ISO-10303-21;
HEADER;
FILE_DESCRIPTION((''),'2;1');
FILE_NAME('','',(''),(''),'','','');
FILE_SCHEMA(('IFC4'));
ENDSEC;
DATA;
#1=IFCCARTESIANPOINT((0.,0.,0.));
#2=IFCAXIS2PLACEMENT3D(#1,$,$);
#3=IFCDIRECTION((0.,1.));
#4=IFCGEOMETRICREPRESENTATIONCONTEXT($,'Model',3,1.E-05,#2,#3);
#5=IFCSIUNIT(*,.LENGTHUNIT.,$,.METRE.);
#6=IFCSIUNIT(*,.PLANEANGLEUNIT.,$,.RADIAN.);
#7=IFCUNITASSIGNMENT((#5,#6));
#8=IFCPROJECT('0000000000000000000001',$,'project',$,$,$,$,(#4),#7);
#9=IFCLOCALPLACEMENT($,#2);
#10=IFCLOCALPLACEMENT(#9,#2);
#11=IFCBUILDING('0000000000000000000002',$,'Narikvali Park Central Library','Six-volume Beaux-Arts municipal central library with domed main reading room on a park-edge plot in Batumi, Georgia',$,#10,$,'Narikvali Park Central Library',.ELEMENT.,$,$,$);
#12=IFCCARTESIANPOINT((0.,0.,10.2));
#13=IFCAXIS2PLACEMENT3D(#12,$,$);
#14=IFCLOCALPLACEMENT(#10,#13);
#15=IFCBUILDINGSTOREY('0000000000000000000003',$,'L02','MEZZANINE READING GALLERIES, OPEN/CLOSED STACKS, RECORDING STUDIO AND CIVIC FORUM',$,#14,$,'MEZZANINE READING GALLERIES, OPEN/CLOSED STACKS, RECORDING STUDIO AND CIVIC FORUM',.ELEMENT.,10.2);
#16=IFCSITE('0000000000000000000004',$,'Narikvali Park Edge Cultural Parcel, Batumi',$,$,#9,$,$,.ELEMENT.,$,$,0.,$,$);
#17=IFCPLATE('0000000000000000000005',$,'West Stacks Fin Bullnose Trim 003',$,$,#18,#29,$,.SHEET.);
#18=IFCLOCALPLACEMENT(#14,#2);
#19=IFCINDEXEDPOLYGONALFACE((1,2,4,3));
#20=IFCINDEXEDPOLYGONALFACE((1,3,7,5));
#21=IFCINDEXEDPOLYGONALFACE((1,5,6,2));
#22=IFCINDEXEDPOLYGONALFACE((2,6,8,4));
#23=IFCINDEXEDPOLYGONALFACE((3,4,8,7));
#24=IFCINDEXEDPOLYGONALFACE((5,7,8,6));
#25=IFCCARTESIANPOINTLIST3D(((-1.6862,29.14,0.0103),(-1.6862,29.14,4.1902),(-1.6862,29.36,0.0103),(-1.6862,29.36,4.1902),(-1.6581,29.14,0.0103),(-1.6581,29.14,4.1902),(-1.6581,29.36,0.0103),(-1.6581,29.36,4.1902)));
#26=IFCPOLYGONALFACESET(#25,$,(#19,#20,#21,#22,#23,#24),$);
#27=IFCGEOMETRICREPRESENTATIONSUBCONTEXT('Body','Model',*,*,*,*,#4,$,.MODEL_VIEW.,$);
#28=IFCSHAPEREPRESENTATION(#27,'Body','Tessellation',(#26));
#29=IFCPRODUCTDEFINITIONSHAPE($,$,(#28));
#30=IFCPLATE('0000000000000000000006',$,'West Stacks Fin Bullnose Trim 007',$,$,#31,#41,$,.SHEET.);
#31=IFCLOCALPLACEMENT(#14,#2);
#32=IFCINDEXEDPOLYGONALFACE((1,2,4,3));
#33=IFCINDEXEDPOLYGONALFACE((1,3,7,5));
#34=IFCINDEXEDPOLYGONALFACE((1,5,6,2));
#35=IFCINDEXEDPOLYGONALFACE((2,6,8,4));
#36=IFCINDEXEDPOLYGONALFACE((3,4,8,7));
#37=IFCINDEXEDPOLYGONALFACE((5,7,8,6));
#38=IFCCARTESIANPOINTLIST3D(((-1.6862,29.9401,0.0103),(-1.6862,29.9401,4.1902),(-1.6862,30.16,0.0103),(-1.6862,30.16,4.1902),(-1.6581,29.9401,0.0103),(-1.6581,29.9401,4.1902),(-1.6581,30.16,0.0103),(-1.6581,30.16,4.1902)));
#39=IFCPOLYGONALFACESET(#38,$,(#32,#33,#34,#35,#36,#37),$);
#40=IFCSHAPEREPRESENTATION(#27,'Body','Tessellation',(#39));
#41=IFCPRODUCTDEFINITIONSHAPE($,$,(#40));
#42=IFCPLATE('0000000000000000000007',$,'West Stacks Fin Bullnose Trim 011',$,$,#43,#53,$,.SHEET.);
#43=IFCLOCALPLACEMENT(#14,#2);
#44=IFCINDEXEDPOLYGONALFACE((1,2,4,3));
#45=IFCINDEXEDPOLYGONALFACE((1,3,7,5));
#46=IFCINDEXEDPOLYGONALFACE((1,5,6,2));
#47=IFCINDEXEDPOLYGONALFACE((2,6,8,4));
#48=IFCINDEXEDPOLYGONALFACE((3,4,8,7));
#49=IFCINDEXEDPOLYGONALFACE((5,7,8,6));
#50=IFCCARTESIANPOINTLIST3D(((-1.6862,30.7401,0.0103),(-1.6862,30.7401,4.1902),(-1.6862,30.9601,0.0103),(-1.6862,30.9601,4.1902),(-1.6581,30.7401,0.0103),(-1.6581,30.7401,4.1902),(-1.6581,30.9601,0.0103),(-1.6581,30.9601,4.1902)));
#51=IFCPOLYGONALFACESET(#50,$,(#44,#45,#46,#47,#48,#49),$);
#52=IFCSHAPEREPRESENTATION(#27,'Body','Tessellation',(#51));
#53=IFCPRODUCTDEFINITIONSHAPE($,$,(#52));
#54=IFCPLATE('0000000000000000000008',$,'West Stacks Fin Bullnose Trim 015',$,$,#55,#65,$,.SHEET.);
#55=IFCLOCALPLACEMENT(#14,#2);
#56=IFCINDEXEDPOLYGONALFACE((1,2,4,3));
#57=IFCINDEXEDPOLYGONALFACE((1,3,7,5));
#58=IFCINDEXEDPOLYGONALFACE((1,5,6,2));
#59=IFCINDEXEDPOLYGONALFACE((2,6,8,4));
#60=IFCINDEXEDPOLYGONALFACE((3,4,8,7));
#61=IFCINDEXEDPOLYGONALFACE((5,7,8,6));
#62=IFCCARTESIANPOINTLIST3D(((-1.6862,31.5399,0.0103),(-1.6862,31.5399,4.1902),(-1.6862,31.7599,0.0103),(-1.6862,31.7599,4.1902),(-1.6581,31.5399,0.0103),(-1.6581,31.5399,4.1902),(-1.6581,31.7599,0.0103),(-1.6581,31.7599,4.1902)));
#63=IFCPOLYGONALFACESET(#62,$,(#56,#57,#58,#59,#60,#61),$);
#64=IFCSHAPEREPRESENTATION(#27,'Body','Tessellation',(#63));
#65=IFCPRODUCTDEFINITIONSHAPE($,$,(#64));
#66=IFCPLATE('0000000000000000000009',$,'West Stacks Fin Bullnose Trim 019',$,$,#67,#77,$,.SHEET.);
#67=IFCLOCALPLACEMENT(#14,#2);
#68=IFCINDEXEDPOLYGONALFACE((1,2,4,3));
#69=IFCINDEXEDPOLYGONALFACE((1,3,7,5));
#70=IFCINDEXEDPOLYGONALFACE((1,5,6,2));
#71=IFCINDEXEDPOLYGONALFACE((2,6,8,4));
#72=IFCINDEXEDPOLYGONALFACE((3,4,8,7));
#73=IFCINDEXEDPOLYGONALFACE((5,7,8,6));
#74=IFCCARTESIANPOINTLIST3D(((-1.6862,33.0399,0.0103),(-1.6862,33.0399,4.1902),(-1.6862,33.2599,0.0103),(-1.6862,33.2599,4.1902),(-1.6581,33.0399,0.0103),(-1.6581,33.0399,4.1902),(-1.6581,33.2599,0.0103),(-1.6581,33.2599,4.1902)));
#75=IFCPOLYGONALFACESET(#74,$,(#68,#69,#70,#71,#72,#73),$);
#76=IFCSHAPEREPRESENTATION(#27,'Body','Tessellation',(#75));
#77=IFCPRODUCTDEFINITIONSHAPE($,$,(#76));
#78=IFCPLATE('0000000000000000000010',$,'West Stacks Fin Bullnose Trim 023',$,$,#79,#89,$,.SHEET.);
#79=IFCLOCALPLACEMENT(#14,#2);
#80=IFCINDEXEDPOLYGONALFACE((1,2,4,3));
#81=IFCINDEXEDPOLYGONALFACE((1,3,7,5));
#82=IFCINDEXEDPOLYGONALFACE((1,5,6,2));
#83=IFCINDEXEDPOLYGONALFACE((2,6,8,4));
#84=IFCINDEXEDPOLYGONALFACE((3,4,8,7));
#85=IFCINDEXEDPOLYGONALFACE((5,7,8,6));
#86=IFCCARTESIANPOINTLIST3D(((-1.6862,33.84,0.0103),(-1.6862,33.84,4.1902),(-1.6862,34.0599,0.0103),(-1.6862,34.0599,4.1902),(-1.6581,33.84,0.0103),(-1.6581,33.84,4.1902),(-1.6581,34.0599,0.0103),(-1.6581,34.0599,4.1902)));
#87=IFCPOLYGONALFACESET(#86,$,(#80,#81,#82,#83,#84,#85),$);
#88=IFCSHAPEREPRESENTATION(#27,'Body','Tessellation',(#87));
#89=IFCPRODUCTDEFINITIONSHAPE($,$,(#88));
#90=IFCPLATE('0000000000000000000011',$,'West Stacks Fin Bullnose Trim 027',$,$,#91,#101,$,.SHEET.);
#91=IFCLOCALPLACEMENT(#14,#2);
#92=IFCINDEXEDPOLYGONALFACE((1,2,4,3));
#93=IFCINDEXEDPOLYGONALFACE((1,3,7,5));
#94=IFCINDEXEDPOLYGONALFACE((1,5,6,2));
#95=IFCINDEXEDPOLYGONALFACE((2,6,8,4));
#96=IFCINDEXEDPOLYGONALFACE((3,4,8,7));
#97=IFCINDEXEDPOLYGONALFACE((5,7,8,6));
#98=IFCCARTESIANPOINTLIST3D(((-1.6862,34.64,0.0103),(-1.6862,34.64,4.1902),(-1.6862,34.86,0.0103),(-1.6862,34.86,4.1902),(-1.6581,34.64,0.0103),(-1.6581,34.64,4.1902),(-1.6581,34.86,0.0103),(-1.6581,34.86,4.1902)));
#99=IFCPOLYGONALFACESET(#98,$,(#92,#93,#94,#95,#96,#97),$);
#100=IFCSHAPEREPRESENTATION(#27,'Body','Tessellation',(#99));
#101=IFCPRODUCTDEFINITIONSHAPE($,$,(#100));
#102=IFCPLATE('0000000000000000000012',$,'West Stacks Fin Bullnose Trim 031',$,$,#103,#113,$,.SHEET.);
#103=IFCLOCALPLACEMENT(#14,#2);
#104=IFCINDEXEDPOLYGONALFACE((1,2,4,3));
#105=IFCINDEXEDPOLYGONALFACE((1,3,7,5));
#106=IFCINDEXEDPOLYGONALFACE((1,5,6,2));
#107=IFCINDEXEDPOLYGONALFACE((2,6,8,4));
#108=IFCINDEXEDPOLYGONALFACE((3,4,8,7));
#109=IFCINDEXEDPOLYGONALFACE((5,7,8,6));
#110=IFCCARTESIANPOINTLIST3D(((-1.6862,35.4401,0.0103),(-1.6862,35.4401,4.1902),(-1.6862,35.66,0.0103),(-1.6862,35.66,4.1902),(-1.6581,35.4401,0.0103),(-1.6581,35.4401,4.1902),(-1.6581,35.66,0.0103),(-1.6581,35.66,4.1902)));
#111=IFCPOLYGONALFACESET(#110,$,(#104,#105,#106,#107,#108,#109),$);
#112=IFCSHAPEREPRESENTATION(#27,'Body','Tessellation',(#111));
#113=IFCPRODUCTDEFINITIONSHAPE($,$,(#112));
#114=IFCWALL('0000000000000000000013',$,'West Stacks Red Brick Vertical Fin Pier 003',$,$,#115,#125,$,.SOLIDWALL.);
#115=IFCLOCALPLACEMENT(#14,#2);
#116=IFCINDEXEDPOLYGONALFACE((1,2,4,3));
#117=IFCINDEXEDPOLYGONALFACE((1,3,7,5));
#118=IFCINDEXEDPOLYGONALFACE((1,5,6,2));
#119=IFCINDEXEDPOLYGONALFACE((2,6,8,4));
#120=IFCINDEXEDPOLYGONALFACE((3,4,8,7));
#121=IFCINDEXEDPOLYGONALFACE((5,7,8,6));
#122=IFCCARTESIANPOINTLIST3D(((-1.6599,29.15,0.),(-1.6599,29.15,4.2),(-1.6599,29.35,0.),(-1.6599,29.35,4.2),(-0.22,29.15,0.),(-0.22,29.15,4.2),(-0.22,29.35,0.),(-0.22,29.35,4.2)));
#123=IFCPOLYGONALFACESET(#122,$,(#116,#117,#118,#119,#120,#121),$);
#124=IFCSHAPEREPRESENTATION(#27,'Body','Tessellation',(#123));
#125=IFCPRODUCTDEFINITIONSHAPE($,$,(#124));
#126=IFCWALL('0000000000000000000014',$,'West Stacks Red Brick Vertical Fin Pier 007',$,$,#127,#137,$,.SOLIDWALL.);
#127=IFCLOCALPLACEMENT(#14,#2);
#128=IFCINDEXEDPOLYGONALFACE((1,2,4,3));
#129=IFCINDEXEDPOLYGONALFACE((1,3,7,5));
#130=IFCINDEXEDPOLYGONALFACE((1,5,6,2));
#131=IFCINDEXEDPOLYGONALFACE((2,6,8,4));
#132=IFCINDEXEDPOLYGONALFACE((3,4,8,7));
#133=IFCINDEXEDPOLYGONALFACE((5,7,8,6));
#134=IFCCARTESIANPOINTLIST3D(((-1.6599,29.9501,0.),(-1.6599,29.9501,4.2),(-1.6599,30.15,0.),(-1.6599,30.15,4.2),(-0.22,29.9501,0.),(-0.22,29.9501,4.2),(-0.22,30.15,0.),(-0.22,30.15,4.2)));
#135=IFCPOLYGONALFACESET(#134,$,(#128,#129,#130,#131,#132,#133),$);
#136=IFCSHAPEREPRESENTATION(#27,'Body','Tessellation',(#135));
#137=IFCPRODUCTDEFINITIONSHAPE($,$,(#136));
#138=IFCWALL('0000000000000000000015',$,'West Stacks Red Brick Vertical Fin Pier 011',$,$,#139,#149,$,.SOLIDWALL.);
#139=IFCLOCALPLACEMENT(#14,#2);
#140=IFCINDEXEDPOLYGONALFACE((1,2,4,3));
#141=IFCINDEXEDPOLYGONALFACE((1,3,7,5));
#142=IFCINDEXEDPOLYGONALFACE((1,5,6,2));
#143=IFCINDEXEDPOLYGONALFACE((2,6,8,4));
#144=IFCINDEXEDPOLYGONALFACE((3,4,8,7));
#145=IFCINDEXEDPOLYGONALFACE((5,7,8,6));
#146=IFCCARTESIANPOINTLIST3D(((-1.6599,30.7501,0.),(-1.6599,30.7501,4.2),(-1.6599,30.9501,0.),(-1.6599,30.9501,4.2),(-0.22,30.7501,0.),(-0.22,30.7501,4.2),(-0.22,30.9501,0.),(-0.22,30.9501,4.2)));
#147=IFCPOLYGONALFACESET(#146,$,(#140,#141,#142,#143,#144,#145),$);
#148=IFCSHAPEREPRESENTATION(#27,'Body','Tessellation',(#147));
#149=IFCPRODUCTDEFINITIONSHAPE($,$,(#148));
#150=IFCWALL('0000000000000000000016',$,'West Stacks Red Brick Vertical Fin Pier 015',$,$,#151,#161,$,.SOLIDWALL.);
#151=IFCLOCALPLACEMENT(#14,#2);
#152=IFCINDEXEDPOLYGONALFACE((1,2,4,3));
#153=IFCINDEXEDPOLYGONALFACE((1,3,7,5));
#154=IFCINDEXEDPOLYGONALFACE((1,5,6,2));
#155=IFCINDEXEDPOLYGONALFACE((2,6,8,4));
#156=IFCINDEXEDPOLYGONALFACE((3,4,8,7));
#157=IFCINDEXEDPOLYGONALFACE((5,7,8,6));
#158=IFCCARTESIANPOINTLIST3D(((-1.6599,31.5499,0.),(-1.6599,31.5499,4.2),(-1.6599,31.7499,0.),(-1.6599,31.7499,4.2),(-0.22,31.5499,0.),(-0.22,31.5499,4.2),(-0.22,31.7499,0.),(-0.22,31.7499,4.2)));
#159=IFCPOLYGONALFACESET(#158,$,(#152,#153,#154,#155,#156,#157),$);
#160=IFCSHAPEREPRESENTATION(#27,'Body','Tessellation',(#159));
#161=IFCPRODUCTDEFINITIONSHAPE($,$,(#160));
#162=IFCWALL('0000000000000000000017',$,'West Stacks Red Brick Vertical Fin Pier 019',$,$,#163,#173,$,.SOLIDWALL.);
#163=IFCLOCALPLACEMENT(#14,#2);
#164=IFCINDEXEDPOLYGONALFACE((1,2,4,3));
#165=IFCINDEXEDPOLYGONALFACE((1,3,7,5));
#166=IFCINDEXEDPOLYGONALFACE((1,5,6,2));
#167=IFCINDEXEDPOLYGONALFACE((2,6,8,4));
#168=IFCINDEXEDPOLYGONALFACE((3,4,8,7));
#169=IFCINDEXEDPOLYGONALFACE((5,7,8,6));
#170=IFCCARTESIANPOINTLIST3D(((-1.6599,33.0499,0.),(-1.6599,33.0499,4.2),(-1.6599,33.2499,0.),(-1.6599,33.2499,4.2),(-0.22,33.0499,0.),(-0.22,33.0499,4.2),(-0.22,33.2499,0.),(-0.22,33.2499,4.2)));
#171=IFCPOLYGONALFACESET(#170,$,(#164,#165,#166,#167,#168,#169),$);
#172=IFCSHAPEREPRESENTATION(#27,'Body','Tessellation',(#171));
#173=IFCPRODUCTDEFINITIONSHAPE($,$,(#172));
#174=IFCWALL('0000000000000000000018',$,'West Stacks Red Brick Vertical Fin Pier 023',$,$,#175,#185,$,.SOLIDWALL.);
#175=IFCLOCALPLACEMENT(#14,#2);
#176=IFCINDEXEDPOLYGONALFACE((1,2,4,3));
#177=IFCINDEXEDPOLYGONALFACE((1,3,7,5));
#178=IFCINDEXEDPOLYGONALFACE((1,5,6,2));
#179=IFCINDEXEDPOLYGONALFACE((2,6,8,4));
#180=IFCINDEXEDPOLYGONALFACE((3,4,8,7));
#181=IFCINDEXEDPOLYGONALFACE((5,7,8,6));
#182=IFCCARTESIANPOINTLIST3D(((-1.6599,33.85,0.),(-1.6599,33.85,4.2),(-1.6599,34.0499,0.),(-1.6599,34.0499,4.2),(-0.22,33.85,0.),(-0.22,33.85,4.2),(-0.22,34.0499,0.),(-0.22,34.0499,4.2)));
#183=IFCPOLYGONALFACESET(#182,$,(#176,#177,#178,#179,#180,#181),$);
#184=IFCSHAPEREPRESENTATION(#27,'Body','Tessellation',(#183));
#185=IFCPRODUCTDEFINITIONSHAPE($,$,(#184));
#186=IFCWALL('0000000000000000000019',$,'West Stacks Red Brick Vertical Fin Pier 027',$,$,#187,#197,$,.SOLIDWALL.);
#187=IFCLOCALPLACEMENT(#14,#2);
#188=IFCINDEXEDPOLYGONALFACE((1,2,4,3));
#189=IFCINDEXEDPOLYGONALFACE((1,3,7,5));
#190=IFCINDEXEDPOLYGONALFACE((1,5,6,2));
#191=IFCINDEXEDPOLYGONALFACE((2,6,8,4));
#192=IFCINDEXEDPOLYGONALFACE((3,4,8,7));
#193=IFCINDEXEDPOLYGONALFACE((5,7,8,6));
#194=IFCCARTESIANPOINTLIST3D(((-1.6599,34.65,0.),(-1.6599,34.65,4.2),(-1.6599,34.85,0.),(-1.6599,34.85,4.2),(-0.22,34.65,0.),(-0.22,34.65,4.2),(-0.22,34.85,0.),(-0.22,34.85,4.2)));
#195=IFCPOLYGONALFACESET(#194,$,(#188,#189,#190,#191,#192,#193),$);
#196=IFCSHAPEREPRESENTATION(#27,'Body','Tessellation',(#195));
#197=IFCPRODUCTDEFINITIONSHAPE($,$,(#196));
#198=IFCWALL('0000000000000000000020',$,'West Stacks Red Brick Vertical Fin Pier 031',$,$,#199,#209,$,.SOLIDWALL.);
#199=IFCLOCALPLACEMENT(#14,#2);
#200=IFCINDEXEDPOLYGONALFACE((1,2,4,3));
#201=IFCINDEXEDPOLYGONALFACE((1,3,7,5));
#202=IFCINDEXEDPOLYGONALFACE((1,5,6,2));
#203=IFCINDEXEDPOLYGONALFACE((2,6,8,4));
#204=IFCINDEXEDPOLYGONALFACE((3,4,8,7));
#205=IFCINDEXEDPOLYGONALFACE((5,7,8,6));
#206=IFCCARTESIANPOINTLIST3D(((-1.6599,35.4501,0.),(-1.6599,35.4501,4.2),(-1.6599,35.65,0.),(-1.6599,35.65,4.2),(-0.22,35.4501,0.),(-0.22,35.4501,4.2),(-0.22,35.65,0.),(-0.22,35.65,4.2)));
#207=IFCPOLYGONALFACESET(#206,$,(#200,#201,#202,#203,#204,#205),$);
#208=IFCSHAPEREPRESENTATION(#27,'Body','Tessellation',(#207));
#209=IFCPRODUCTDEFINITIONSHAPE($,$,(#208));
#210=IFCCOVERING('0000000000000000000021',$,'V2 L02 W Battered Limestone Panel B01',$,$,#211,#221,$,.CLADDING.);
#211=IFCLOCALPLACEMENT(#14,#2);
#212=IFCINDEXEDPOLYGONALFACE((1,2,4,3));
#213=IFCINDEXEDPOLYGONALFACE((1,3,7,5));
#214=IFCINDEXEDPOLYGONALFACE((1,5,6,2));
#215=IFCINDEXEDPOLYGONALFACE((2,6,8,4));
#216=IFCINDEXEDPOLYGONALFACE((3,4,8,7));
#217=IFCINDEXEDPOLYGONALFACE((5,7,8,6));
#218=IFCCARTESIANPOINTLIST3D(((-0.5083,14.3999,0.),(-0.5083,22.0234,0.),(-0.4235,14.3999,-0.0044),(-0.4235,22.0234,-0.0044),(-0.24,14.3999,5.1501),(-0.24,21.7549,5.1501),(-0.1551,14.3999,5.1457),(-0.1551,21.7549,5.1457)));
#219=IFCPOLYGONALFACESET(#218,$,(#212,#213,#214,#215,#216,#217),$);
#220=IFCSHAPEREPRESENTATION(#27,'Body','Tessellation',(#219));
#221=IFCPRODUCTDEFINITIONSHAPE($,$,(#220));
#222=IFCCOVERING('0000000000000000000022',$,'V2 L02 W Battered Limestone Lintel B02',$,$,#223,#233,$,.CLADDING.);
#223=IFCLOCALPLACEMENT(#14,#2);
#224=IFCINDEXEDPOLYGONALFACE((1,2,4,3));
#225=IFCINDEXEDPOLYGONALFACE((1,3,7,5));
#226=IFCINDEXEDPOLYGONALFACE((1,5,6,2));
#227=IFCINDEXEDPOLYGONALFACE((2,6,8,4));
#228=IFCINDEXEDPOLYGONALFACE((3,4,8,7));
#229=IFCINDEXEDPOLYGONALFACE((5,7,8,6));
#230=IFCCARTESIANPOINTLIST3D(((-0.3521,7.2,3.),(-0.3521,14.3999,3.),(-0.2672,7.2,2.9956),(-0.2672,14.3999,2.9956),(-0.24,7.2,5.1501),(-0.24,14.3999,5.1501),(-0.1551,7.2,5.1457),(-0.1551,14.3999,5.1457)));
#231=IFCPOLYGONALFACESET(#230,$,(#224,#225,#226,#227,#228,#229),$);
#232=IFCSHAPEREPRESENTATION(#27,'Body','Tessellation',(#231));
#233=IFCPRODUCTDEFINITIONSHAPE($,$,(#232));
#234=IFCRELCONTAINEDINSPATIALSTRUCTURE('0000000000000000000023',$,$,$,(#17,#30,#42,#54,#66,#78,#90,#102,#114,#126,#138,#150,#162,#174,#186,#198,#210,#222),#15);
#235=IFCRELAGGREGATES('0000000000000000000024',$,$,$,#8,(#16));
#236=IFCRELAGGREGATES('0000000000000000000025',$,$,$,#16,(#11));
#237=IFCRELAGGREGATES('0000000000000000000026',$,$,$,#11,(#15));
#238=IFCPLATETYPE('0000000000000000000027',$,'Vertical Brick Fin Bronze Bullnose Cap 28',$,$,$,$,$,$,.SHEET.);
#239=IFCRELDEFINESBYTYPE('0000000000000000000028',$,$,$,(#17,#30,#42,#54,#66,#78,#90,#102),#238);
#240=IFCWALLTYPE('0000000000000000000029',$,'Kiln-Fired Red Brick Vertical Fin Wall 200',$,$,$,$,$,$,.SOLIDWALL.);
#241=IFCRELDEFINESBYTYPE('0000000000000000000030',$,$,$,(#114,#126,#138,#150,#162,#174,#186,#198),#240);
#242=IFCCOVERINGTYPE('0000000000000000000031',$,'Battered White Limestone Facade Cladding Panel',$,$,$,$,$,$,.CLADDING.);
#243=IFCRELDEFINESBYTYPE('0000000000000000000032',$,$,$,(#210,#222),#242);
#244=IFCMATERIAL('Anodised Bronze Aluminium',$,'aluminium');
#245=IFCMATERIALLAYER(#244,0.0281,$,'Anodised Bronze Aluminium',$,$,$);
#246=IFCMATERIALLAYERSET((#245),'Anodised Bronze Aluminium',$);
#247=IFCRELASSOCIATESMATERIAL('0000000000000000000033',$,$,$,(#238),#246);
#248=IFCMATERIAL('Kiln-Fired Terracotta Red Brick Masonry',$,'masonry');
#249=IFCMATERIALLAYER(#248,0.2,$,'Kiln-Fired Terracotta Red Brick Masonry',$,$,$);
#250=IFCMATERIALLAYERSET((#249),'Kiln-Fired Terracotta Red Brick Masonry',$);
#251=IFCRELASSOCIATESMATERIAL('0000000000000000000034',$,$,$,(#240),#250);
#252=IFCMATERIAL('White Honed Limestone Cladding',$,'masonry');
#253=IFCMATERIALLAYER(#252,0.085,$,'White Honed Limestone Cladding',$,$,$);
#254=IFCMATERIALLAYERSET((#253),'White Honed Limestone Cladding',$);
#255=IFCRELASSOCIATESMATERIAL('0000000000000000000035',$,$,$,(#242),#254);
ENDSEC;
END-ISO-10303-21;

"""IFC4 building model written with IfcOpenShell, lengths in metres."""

from ifc_helpers import new_model, si_unit, direction, frame, frame_2d, origin, origin_2d, place, context, subcontext, project, spatial, polyline, rectangle, outline, extrude, material, layer, layer_set, type_object, element, save


model = new_model("IFC4")

# Units and contexts
model_context = context("Model", 3, precision=1e-05, world=origin(), true_north=direction((0.0, 1.0)))
body_context = subcontext(model_context, "Body", "Model", "MODEL_VIEW")
ifc_project = project(units=[si_unit("LENGTHUNIT", "METRE"), si_unit("PLANEANGLEUNIT", "RADIAN")], contexts=[model_context])

# Site, building, storey
site_placement = place(None, origin())
site = spatial("IfcSite", under=ifc_project, at=site_placement, Name="Narikvali Park Edge Cultural Parcel, Batumi", CompositionType="ELEMENT", RefElevation=0.0)
building_placement = place(site_placement, origin())
building = spatial("IfcBuilding", under=site, at=building_placement, Name="Narikvali Park Central Library", Description="Six-volume Beaux-Arts municipal central library with domed main reading room on a park-edge plot in Batumi, Georgia", LongName="Narikvali Park Central Library", CompositionType="ELEMENT")
storey_placement = place(building_placement, frame((0.0, 0.0, 10.2)))
storey = spatial("IfcBuildingStorey", under=building, at=storey_placement, Name="L02", Description="MEZZANINE READING GALLERIES, OPEN/CLOSED STACKS, RECORDING STUDIO AND CIVIC FORUM", LongName="MEZZANINE READING GALLERIES, OPEN/CLOSED STACKS, RECORDING STUDIO AND CIVIC FORUM", CompositionType="ELEMENT", Elevation=10.2)

# Plates
ifc_material_1 = material(Name="Anodised Bronze Aluminium", Category="aluminium")
ifc_layer_1 = layer(ifc_material_1, 0.0281, Name="Anodised Bronze Aluminium")
ifc_layer_set_1 = layer_set([ifc_layer_1], Name="Anodised Bronze Aluminium")
plate_type = type_object("IfcPlateType", Name="Vertical Brick Fin Bronze Bullnose Cap 28", PredefinedType="SHEET", material=ifc_layer_set_1)
for number, where, z_axis, x_axis, name in (
    (1, (-1.6721, 29.25, 0.0103), (0.0, 0.0, 1.0), (1.0, 0.0, 0.0), "West Stacks Fin Bullnose Trim 003"),
    (2, (-1.6721, 30.05, 0.0103), (0.0, 0.0, 1.0), (1.0, 0.0, 0.0), "West Stacks Fin Bullnose Trim 007"),
    (3, (-1.6721, 30.8501, 0.0103), (0.0, 0.0, 1.0), (1.0, 0.0, 0.0), "West Stacks Fin Bullnose Trim 011"),
    (4, (-1.6721, 31.6499, 0.0103), (0.0, 0.0, 1.0), (1.0, 0.0, 0.0), "West Stacks Fin Bullnose Trim 015"),
    (5, (-1.6721, 33.1499, 0.0103), (0.0, 0.0, 1.0), (1.0, 0.0, 0.0), "West Stacks Fin Bullnose Trim 019"),
    (6, (-1.6721, 33.95, 0.0103), (0.0, 0.0, 1.0), (1.0, 0.0, 0.0), "West Stacks Fin Bullnose Trim 023"),
    (7, (-1.6721, 34.75, 0.0103), (0.0, 0.0, 1.0), (1.0, 0.0, 0.0), "West Stacks Fin Bullnose Trim 027"),
    (8, (-1.6721, 35.55, 0.0103), (0.0, 0.0, 1.0), (1.0, 0.0, 0.0), "West Stacks Fin Bullnose Trim 031"),
):
    element("IfcPlate", number, at=place(storey_placement, frame(where, z_axis=z_axis, x_axis=x_axis)), inside=storey, type_object=plate_type, Name=name, PredefinedType="SHEET", context=body_context, shape_type="SweptSolid", body=[
        extrude(rectangle(XDim=0.0281, YDim=0.22, at=origin_2d()), origin(), (0.0, 0.0, 1.0), 4.1799),
    ])

# Walls
ifc_material_2 = material(Name="Kiln-Fired Terracotta Red Brick Masonry", Category="masonry")
ifc_layer_2 = layer(ifc_material_2, 0.2, Name="Kiln-Fired Terracotta Red Brick Masonry")
ifc_layer_set_2 = layer_set([ifc_layer_2], Name="Kiln-Fired Terracotta Red Brick Masonry")
wall_type = type_object("IfcWallType", Name="Kiln-Fired Red Brick Vertical Fin Wall 200", PredefinedType="SOLIDWALL", material=ifc_layer_set_2)
for number, where, z_axis, x_axis, name in (
    (9, (-1.6599, 29.25, 0.0), (0.0, 0.0, 1.0), (1.0, 0.0, 0.0), "West Stacks Red Brick Vertical Fin Pier 003"),
    (10, (-1.6599, 30.05, 0.0), (0.0, 0.0, 1.0), (1.0, 0.0, 0.0), "West Stacks Red Brick Vertical Fin Pier 007"),
    (11, (-1.6599, 30.8501, 0.0), (0.0, 0.0, 1.0), (1.0, 0.0, 0.0), "West Stacks Red Brick Vertical Fin Pier 011"),
    (12, (-1.6599, 31.6499, 0.0), (0.0, 0.0, 1.0), (1.0, 0.0, 0.0), "West Stacks Red Brick Vertical Fin Pier 015"),
    (13, (-1.6599, 33.1499, 0.0), (0.0, 0.0, 1.0), (1.0, 0.0, 0.0), "West Stacks Red Brick Vertical Fin Pier 019"),
    (14, (-1.6599, 33.95, 0.0), (0.0, 0.0, 1.0), (1.0, 0.0, 0.0), "West Stacks Red Brick Vertical Fin Pier 023"),
    (15, (-1.6599, 34.75, 0.0), (0.0, 0.0, 1.0), (1.0, 0.0, 0.0), "West Stacks Red Brick Vertical Fin Pier 027"),
    (16, (-1.6599, 35.55, 0.0), (0.0, 0.0, 1.0), (1.0, 0.0, 0.0), "West Stacks Red Brick Vertical Fin Pier 031"),
):
    element("IfcWall", number, at=place(storey_placement, frame(where, z_axis=z_axis, x_axis=x_axis)), inside=storey, type_object=wall_type, Name=name, PredefinedType="SOLIDWALL", context=body_context, shape_type="SweptSolid", body=[
        extrude(rectangle(XDim=1.4399, YDim=0.2, at=frame_2d((0.72, 0.0))), origin(), (0.0, 0.0, 1.0), 4.2),
    ])

# Coverings
ifc_material_3 = material(Name="White Honed Limestone Cladding", Category="masonry")
ifc_layer_3 = layer(ifc_material_3, 0.085, Name="White Honed Limestone Cladding")
ifc_layer_set_3 = layer_set([ifc_layer_3], Name="White Honed Limestone Cladding")
covering_type = type_object("IfcCoveringType", Name="Battered White Limestone Facade Cladding Panel", PredefinedType="CLADDING", material=ifc_layer_set_3)
covering_1_placement = place(storey_placement, frame((-0.5083, 22.0234, 0.0), z_axis=(-0.998646, 0.0, 0.052027), x_axis=(0.0, -1.0, 0.0)))
element("IfcCovering", 17, at=covering_1_placement, inside=storey, type_object=covering_type, Name="V2 L02 W Battered Limestone Panel B01", PredefinedType="CLADDING", context=body_context, shape_type="SweptSolid", body=[
    extrude(outline(polyline([(0.0, 0.0), (7.6235, 0.0), (7.6235, 5.1571), (0.2686, 5.1571), (0.0, 0.0)])), origin(), (0.0, 0.0, -1.0), 0.085),
])
covering_2_placement = place(storey_placement, frame((-0.3521, 14.3999, 3.0), z_axis=(-0.998645, 0.0, 0.052047), x_axis=(0.0, -1.0, 0.0)))
element("IfcCovering", 18, at=covering_2_placement, inside=storey, type_object=covering_type, Name="V2 L02 W Battered Limestone Lintel B02", PredefinedType="CLADDING", context=body_context, shape_type="SweptSolid", body=[
    extrude(outline(polyline([(0.0, 0.0), (7.2, 0.0), (7.2, 2.1531), (0.0, 2.1531), (0.0, 0.0)])), origin(), (0.0, 0.0, -1.0), 0.085),
])

save(model, "model.ifc")
